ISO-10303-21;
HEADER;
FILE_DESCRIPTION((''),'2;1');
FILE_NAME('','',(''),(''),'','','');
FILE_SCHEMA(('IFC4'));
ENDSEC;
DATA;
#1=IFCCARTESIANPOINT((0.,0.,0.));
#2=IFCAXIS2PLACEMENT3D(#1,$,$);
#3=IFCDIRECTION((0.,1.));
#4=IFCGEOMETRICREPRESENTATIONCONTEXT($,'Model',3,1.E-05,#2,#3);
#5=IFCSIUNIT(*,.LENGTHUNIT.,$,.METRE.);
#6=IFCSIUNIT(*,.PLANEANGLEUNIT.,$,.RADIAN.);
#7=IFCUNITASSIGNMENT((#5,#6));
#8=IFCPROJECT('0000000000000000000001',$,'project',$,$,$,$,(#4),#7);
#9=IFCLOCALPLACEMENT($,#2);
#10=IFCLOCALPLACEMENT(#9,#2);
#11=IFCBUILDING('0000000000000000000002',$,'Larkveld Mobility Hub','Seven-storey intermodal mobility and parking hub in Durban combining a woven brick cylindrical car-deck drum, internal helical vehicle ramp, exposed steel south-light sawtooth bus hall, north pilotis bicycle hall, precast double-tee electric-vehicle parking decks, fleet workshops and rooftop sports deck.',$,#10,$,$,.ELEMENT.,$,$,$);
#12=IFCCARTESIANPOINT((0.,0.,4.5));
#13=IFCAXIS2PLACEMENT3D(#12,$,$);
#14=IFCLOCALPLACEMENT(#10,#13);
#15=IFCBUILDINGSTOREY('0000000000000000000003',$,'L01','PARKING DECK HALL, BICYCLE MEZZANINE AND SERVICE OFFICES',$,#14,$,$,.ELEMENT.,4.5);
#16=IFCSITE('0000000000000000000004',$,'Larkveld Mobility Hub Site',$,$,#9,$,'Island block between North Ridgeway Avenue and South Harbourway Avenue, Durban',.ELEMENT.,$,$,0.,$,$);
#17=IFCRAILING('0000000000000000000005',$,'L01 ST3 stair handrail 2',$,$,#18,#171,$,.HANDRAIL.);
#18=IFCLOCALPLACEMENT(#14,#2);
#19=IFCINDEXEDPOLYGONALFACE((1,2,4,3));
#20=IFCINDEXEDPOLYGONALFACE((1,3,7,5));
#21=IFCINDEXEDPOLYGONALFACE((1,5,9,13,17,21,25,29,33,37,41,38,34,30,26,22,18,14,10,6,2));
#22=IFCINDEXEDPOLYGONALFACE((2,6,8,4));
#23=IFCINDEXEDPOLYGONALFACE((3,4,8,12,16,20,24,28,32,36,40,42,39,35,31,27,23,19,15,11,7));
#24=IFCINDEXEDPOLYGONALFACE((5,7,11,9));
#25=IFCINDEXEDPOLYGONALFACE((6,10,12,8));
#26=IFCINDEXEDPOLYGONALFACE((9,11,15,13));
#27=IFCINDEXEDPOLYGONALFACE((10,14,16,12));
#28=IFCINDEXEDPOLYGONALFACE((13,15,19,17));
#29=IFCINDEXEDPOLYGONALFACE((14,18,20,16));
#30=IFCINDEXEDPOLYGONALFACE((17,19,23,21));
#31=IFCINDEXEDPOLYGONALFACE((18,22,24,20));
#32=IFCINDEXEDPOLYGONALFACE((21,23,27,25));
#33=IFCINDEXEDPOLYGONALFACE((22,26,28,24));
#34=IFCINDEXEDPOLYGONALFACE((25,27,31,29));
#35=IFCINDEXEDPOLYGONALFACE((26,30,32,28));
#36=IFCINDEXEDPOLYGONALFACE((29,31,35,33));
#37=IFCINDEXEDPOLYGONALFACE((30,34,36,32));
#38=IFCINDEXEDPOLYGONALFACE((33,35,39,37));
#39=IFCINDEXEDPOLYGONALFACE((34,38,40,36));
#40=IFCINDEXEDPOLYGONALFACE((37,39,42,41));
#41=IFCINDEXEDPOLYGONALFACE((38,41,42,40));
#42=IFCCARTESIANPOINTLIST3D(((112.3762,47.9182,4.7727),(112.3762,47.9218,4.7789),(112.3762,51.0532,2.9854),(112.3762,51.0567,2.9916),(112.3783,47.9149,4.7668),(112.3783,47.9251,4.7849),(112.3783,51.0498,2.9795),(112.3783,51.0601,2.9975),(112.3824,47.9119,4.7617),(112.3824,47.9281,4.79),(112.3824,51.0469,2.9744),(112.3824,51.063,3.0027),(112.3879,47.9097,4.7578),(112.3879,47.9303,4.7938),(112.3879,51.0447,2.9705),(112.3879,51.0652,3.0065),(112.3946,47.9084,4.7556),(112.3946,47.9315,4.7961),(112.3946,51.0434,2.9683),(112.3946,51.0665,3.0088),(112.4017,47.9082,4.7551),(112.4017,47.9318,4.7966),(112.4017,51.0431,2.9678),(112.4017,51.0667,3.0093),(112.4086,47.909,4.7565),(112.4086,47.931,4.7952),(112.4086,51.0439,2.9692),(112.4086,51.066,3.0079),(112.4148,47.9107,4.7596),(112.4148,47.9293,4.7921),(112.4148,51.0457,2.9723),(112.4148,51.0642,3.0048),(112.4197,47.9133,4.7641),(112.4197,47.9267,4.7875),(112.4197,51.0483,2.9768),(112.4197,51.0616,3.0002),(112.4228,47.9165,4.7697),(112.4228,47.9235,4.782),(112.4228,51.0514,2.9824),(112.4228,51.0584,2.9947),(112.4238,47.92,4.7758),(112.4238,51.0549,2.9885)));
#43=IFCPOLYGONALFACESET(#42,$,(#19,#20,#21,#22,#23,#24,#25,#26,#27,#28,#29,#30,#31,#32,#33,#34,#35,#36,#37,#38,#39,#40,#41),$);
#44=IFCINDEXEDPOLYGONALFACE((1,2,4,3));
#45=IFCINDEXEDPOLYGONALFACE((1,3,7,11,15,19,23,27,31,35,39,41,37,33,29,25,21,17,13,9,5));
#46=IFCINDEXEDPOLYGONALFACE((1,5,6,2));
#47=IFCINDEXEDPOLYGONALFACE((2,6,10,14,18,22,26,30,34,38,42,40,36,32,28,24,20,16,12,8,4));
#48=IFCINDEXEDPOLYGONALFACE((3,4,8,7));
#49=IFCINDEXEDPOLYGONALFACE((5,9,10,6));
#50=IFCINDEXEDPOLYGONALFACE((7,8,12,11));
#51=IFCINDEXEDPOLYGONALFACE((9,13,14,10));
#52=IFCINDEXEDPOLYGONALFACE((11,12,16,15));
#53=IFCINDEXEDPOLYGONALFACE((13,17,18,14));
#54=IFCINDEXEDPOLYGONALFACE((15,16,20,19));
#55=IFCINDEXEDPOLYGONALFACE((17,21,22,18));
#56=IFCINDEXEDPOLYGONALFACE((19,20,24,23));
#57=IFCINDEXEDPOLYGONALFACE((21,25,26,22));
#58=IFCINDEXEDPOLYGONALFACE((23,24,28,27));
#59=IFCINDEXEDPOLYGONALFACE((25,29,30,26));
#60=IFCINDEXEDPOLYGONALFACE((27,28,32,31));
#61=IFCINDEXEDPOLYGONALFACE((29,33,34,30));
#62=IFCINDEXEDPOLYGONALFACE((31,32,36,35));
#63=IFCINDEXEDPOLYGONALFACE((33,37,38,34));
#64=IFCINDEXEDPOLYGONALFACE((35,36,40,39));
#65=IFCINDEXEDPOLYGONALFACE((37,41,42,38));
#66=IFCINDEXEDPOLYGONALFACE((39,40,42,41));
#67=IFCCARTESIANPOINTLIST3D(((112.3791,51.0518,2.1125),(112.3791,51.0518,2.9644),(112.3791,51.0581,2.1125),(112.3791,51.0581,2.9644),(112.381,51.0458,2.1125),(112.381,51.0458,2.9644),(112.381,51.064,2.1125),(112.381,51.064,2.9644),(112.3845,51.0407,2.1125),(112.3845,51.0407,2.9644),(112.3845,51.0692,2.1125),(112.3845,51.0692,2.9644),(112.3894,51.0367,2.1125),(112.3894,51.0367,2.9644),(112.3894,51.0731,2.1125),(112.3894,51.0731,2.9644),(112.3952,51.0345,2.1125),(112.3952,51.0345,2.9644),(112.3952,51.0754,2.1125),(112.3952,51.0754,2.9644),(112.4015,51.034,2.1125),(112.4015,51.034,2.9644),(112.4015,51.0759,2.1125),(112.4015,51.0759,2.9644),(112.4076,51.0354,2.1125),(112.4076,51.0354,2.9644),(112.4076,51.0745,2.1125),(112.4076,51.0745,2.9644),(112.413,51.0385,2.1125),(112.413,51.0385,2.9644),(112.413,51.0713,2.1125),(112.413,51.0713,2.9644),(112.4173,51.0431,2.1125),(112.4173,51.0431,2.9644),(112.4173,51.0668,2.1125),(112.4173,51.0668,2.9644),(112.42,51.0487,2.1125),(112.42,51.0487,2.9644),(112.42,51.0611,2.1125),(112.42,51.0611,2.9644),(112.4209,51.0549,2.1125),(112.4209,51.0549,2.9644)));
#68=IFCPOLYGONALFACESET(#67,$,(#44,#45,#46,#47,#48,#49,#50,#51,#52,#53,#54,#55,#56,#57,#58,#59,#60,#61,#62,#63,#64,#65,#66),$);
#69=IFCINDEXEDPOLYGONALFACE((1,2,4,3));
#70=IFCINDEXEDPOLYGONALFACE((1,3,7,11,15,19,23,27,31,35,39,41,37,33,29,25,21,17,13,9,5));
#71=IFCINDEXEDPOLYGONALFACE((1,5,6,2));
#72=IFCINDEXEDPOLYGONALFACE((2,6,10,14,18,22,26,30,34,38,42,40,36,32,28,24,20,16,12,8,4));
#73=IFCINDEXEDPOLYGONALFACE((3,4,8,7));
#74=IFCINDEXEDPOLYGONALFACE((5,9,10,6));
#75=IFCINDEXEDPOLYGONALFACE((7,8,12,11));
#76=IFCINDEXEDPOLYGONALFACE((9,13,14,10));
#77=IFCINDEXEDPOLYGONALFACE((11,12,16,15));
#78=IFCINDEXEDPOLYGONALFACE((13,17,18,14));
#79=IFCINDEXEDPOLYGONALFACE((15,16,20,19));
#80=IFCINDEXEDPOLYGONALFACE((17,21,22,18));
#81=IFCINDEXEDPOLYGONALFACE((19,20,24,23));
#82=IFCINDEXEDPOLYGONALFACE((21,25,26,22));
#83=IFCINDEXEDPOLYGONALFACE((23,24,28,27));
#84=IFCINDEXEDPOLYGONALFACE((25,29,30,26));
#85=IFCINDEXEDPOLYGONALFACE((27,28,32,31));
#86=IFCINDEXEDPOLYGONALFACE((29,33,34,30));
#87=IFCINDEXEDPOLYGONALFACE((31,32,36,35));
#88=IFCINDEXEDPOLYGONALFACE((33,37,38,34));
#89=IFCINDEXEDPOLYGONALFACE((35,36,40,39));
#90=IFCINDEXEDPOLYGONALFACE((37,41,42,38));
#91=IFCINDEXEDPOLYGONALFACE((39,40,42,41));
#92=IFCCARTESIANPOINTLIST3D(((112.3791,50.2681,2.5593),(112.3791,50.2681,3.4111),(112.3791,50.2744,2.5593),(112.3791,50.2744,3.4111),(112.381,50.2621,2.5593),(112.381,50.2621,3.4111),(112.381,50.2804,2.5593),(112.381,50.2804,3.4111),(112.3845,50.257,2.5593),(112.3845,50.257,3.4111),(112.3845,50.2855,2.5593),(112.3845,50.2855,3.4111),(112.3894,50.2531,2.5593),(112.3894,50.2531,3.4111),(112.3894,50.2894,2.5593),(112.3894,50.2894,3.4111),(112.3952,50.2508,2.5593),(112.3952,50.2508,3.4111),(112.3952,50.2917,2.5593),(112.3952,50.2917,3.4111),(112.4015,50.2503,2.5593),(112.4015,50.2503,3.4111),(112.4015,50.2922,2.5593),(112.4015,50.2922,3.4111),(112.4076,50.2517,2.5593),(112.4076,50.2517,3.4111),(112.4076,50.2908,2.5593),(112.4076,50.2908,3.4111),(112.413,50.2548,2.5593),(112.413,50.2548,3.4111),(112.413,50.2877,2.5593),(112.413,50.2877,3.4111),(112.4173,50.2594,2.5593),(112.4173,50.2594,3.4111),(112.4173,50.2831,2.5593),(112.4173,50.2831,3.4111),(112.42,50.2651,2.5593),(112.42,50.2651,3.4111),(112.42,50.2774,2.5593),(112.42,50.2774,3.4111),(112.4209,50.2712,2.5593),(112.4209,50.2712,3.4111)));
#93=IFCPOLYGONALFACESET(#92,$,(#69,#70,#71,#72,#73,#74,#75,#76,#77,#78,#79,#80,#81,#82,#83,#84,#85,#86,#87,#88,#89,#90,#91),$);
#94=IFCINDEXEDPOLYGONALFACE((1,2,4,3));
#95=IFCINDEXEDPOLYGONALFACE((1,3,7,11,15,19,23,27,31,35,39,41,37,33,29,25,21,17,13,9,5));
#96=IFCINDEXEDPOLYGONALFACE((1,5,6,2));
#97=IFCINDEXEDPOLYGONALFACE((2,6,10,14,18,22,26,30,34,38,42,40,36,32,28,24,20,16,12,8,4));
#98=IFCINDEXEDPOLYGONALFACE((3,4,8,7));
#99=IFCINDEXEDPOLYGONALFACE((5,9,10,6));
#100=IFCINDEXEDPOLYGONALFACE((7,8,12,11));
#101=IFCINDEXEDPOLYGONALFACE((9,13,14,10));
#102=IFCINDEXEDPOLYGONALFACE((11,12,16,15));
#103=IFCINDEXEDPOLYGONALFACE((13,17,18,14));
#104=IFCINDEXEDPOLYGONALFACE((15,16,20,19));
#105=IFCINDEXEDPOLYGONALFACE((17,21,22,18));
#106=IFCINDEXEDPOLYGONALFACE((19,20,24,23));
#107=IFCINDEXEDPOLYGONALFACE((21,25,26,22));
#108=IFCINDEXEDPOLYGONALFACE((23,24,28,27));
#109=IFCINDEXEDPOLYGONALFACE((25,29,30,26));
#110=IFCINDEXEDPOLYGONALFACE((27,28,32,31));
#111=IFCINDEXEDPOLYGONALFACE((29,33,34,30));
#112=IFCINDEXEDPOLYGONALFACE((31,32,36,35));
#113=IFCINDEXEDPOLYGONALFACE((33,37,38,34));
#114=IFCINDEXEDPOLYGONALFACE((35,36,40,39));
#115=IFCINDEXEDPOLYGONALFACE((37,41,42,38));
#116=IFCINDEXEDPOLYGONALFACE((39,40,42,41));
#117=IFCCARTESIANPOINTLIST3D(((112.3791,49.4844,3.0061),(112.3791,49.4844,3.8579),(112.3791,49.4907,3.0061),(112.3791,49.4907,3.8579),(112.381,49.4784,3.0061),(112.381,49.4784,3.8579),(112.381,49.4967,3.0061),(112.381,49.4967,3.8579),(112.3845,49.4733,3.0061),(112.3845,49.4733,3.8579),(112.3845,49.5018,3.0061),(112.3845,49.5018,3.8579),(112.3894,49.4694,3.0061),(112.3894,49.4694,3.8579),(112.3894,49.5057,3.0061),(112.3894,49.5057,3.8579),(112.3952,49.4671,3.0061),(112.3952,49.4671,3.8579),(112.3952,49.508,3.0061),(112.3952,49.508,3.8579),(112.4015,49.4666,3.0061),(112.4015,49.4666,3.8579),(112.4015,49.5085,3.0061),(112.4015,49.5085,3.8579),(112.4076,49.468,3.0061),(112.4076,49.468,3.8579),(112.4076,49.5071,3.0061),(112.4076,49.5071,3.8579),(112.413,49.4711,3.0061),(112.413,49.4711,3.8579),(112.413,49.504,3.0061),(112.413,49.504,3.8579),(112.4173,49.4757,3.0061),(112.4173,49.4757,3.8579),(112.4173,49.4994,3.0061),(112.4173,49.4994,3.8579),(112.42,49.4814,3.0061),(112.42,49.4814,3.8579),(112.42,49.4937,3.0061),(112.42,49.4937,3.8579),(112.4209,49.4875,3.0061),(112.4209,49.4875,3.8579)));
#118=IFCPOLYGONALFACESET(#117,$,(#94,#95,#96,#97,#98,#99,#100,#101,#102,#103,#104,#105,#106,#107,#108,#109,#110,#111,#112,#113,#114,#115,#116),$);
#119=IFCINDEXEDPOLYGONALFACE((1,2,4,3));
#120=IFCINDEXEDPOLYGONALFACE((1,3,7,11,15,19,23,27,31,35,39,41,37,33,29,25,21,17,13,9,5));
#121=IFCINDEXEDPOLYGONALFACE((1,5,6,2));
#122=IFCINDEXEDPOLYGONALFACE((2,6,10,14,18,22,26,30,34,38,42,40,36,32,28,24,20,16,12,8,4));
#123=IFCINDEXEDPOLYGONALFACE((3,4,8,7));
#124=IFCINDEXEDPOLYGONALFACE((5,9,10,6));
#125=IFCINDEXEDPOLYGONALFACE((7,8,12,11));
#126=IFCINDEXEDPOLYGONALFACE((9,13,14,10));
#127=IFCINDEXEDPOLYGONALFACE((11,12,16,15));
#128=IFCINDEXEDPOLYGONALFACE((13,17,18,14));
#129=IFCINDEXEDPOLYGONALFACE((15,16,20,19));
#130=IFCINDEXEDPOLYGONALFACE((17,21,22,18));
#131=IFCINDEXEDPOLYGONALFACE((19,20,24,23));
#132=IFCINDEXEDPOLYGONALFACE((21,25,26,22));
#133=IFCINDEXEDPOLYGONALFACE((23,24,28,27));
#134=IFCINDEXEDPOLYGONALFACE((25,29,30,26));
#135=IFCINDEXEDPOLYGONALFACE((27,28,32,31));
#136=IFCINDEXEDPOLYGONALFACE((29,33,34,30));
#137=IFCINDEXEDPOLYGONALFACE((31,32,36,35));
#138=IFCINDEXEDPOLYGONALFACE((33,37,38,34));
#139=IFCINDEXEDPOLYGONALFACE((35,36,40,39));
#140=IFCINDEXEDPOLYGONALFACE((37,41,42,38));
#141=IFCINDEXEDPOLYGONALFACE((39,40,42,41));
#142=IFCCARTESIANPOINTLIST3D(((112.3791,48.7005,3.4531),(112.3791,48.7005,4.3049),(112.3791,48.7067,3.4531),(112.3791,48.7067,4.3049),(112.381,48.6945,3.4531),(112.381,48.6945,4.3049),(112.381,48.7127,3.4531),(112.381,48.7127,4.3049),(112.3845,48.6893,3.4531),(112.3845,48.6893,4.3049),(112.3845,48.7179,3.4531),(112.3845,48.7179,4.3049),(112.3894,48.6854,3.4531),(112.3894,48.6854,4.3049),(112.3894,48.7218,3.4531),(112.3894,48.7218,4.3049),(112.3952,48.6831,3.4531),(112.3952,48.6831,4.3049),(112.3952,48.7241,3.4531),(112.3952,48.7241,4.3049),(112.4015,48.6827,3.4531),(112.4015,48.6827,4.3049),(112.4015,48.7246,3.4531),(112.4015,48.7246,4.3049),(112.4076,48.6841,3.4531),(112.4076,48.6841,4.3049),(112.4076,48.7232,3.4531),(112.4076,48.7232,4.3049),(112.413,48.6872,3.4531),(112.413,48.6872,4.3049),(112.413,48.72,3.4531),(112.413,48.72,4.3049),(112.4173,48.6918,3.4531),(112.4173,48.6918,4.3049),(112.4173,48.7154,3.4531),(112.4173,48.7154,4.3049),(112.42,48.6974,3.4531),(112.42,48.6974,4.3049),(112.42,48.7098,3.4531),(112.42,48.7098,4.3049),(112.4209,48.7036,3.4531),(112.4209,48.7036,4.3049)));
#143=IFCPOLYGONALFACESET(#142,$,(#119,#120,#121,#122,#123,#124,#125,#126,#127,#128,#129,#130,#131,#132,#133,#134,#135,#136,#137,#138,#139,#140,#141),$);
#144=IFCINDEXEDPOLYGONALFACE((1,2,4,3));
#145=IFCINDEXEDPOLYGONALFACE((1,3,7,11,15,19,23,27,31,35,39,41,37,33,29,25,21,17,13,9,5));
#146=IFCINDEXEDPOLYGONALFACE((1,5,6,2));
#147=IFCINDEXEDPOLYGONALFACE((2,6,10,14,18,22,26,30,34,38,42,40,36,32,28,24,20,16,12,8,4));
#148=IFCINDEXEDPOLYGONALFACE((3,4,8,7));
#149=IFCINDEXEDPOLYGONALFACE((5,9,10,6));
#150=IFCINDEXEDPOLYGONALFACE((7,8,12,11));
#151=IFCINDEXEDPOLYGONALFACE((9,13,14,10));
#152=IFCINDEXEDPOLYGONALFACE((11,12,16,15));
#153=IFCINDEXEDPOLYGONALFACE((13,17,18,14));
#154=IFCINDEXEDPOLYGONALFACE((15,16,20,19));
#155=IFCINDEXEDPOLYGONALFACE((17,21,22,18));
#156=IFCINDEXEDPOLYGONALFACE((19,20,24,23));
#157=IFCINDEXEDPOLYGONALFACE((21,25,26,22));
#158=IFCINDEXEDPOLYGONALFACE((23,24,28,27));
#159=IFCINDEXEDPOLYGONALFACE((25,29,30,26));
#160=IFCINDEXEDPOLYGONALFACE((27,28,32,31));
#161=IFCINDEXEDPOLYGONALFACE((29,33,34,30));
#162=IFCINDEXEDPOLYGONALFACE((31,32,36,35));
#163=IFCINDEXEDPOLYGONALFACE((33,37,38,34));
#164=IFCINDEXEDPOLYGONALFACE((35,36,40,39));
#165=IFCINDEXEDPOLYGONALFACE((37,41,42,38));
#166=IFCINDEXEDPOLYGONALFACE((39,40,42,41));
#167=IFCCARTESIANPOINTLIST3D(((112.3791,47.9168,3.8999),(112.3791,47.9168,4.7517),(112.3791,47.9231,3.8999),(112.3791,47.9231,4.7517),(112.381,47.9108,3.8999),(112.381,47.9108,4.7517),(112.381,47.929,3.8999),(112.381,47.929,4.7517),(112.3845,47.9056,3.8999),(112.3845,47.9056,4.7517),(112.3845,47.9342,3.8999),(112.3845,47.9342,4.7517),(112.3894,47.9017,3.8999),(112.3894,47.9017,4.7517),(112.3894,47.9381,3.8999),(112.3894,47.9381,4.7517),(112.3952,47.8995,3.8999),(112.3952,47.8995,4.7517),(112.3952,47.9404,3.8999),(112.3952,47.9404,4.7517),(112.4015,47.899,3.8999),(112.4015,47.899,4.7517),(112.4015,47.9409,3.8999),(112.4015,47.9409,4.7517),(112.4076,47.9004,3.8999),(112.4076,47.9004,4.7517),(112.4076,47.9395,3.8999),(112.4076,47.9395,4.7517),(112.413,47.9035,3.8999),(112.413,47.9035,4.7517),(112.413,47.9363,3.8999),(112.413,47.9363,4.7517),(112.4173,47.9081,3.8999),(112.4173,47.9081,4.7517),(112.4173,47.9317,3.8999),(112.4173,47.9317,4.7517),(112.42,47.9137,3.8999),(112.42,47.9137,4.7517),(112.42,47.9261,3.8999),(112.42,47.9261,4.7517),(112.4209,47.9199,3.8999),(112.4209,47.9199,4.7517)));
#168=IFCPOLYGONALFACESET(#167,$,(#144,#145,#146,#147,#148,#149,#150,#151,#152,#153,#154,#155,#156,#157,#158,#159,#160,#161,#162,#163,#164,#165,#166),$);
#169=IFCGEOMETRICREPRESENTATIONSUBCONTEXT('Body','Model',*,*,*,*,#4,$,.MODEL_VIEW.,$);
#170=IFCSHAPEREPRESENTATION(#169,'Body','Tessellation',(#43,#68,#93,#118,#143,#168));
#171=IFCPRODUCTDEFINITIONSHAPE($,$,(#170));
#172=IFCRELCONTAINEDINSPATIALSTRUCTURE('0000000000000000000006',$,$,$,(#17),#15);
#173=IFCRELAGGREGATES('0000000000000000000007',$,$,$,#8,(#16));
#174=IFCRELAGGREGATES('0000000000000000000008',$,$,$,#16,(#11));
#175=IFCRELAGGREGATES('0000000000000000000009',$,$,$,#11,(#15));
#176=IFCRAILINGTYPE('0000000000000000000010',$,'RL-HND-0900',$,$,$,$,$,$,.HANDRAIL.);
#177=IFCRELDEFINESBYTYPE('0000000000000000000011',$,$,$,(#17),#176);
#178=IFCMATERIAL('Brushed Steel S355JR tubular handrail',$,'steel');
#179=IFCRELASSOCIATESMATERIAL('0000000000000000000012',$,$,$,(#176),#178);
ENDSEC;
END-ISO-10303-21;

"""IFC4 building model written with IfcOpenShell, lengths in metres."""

from ifc_helpers import new_model, si_unit, direction, frame, origin, origin_2d, place, context, subcontext, project, spatial, circle, extrude, material, type_object, element, save


model = new_model("IFC4")

# Units and contexts
model_context = context("Model", 3, precision=1e-05, world=origin(), true_north=direction((0.0, 1.0)))
body_context = subcontext(model_context, "Body", "Model", "MODEL_VIEW")
ifc_project = project(units=[si_unit("LENGTHUNIT", "METRE"), si_unit("PLANEANGLEUNIT", "RADIAN")], contexts=[model_context])

# Site, building, storey
site_placement = place(None, origin())
site = spatial("IfcSite", under=ifc_project, at=site_placement, Name="Larkveld Mobility Hub Site", LongName="Island block between North Ridgeway Avenue and South Harbourway Avenue, Durban", CompositionType="ELEMENT", RefElevation=0.0)
building_placement = place(site_placement, origin())
building = spatial("IfcBuilding", under=site, at=building_placement, Name="Larkveld Mobility Hub", Description="Seven-storey intermodal mobility and parking hub in Durban combining a woven brick cylindrical car-deck drum, internal helical vehicle ramp, exposed steel south-light sawtooth bus hall, north pilotis bicycle hall, precast double-tee electric-vehicle parking decks, fleet workshops and rooftop sports deck.", CompositionType="ELEMENT")
storey_placement = place(building_placement, frame((0.0, 0.0, 4.5)))
storey = spatial("IfcBuildingStorey", under=building, at=storey_placement, Name="L01", Description="PARKING DECK HALL, BICYCLE MEZZANINE AND SERVICE OFFICES", CompositionType="ELEMENT", Elevation=4.5)

# Railing
ifc_material_1 = material(Name="Brushed Steel S355JR tubular handrail", Category="steel")
railing_type_1 = type_object("IfcRailingType", Name="RL-HND-0900", PredefinedType="HANDRAIL", material=ifc_material_1)
railing_1_placement = place(storey_placement, frame((112.3999, 51.0549, 2.1125)))
element("IfcRailing", 1, at=railing_1_placement, inside=storey, type_object=railing_type_1, Name="L01 ST3 stair handrail 2", PredefinedType="HANDRAIL", context=body_context, shape_type="SweptSolid", body=[
    extrude(circle(Radius=0.0239, at=origin_2d()), frame((0.0, 0.0, 0.876), z_axis=(0.0, -0.86873, 0.495286), x_axis=(1.0, 0.0, 0.0)), (0.0, 0.0, 1.0), 3.6086),
    extrude(circle(Radius=0.021, at=origin_2d()), origin(), (0.0, 0.0, 1.0), 0.8518),
    extrude(circle(Radius=0.021, at=origin_2d()), frame((0.0, -0.7837, 0.4468)), (0.0, 0.0, 1.0), 0.8518),
    extrude(circle(Radius=0.021, at=origin_2d()), frame((0.0, -1.5674, 0.8936)), (0.0, 0.0, 1.0), 0.8518),
    extrude(circle(Radius=0.021, at=origin_2d()), frame((0.0, -2.3513, 1.3406)), (0.0, 0.0, 1.0), 0.8518),
    extrude(circle(Radius=0.021, at=origin_2d()), frame((0.0, -3.135, 1.7874)), (0.0, 0.0, 1.0), 0.8518),
])

save(model, "model.ifc")
